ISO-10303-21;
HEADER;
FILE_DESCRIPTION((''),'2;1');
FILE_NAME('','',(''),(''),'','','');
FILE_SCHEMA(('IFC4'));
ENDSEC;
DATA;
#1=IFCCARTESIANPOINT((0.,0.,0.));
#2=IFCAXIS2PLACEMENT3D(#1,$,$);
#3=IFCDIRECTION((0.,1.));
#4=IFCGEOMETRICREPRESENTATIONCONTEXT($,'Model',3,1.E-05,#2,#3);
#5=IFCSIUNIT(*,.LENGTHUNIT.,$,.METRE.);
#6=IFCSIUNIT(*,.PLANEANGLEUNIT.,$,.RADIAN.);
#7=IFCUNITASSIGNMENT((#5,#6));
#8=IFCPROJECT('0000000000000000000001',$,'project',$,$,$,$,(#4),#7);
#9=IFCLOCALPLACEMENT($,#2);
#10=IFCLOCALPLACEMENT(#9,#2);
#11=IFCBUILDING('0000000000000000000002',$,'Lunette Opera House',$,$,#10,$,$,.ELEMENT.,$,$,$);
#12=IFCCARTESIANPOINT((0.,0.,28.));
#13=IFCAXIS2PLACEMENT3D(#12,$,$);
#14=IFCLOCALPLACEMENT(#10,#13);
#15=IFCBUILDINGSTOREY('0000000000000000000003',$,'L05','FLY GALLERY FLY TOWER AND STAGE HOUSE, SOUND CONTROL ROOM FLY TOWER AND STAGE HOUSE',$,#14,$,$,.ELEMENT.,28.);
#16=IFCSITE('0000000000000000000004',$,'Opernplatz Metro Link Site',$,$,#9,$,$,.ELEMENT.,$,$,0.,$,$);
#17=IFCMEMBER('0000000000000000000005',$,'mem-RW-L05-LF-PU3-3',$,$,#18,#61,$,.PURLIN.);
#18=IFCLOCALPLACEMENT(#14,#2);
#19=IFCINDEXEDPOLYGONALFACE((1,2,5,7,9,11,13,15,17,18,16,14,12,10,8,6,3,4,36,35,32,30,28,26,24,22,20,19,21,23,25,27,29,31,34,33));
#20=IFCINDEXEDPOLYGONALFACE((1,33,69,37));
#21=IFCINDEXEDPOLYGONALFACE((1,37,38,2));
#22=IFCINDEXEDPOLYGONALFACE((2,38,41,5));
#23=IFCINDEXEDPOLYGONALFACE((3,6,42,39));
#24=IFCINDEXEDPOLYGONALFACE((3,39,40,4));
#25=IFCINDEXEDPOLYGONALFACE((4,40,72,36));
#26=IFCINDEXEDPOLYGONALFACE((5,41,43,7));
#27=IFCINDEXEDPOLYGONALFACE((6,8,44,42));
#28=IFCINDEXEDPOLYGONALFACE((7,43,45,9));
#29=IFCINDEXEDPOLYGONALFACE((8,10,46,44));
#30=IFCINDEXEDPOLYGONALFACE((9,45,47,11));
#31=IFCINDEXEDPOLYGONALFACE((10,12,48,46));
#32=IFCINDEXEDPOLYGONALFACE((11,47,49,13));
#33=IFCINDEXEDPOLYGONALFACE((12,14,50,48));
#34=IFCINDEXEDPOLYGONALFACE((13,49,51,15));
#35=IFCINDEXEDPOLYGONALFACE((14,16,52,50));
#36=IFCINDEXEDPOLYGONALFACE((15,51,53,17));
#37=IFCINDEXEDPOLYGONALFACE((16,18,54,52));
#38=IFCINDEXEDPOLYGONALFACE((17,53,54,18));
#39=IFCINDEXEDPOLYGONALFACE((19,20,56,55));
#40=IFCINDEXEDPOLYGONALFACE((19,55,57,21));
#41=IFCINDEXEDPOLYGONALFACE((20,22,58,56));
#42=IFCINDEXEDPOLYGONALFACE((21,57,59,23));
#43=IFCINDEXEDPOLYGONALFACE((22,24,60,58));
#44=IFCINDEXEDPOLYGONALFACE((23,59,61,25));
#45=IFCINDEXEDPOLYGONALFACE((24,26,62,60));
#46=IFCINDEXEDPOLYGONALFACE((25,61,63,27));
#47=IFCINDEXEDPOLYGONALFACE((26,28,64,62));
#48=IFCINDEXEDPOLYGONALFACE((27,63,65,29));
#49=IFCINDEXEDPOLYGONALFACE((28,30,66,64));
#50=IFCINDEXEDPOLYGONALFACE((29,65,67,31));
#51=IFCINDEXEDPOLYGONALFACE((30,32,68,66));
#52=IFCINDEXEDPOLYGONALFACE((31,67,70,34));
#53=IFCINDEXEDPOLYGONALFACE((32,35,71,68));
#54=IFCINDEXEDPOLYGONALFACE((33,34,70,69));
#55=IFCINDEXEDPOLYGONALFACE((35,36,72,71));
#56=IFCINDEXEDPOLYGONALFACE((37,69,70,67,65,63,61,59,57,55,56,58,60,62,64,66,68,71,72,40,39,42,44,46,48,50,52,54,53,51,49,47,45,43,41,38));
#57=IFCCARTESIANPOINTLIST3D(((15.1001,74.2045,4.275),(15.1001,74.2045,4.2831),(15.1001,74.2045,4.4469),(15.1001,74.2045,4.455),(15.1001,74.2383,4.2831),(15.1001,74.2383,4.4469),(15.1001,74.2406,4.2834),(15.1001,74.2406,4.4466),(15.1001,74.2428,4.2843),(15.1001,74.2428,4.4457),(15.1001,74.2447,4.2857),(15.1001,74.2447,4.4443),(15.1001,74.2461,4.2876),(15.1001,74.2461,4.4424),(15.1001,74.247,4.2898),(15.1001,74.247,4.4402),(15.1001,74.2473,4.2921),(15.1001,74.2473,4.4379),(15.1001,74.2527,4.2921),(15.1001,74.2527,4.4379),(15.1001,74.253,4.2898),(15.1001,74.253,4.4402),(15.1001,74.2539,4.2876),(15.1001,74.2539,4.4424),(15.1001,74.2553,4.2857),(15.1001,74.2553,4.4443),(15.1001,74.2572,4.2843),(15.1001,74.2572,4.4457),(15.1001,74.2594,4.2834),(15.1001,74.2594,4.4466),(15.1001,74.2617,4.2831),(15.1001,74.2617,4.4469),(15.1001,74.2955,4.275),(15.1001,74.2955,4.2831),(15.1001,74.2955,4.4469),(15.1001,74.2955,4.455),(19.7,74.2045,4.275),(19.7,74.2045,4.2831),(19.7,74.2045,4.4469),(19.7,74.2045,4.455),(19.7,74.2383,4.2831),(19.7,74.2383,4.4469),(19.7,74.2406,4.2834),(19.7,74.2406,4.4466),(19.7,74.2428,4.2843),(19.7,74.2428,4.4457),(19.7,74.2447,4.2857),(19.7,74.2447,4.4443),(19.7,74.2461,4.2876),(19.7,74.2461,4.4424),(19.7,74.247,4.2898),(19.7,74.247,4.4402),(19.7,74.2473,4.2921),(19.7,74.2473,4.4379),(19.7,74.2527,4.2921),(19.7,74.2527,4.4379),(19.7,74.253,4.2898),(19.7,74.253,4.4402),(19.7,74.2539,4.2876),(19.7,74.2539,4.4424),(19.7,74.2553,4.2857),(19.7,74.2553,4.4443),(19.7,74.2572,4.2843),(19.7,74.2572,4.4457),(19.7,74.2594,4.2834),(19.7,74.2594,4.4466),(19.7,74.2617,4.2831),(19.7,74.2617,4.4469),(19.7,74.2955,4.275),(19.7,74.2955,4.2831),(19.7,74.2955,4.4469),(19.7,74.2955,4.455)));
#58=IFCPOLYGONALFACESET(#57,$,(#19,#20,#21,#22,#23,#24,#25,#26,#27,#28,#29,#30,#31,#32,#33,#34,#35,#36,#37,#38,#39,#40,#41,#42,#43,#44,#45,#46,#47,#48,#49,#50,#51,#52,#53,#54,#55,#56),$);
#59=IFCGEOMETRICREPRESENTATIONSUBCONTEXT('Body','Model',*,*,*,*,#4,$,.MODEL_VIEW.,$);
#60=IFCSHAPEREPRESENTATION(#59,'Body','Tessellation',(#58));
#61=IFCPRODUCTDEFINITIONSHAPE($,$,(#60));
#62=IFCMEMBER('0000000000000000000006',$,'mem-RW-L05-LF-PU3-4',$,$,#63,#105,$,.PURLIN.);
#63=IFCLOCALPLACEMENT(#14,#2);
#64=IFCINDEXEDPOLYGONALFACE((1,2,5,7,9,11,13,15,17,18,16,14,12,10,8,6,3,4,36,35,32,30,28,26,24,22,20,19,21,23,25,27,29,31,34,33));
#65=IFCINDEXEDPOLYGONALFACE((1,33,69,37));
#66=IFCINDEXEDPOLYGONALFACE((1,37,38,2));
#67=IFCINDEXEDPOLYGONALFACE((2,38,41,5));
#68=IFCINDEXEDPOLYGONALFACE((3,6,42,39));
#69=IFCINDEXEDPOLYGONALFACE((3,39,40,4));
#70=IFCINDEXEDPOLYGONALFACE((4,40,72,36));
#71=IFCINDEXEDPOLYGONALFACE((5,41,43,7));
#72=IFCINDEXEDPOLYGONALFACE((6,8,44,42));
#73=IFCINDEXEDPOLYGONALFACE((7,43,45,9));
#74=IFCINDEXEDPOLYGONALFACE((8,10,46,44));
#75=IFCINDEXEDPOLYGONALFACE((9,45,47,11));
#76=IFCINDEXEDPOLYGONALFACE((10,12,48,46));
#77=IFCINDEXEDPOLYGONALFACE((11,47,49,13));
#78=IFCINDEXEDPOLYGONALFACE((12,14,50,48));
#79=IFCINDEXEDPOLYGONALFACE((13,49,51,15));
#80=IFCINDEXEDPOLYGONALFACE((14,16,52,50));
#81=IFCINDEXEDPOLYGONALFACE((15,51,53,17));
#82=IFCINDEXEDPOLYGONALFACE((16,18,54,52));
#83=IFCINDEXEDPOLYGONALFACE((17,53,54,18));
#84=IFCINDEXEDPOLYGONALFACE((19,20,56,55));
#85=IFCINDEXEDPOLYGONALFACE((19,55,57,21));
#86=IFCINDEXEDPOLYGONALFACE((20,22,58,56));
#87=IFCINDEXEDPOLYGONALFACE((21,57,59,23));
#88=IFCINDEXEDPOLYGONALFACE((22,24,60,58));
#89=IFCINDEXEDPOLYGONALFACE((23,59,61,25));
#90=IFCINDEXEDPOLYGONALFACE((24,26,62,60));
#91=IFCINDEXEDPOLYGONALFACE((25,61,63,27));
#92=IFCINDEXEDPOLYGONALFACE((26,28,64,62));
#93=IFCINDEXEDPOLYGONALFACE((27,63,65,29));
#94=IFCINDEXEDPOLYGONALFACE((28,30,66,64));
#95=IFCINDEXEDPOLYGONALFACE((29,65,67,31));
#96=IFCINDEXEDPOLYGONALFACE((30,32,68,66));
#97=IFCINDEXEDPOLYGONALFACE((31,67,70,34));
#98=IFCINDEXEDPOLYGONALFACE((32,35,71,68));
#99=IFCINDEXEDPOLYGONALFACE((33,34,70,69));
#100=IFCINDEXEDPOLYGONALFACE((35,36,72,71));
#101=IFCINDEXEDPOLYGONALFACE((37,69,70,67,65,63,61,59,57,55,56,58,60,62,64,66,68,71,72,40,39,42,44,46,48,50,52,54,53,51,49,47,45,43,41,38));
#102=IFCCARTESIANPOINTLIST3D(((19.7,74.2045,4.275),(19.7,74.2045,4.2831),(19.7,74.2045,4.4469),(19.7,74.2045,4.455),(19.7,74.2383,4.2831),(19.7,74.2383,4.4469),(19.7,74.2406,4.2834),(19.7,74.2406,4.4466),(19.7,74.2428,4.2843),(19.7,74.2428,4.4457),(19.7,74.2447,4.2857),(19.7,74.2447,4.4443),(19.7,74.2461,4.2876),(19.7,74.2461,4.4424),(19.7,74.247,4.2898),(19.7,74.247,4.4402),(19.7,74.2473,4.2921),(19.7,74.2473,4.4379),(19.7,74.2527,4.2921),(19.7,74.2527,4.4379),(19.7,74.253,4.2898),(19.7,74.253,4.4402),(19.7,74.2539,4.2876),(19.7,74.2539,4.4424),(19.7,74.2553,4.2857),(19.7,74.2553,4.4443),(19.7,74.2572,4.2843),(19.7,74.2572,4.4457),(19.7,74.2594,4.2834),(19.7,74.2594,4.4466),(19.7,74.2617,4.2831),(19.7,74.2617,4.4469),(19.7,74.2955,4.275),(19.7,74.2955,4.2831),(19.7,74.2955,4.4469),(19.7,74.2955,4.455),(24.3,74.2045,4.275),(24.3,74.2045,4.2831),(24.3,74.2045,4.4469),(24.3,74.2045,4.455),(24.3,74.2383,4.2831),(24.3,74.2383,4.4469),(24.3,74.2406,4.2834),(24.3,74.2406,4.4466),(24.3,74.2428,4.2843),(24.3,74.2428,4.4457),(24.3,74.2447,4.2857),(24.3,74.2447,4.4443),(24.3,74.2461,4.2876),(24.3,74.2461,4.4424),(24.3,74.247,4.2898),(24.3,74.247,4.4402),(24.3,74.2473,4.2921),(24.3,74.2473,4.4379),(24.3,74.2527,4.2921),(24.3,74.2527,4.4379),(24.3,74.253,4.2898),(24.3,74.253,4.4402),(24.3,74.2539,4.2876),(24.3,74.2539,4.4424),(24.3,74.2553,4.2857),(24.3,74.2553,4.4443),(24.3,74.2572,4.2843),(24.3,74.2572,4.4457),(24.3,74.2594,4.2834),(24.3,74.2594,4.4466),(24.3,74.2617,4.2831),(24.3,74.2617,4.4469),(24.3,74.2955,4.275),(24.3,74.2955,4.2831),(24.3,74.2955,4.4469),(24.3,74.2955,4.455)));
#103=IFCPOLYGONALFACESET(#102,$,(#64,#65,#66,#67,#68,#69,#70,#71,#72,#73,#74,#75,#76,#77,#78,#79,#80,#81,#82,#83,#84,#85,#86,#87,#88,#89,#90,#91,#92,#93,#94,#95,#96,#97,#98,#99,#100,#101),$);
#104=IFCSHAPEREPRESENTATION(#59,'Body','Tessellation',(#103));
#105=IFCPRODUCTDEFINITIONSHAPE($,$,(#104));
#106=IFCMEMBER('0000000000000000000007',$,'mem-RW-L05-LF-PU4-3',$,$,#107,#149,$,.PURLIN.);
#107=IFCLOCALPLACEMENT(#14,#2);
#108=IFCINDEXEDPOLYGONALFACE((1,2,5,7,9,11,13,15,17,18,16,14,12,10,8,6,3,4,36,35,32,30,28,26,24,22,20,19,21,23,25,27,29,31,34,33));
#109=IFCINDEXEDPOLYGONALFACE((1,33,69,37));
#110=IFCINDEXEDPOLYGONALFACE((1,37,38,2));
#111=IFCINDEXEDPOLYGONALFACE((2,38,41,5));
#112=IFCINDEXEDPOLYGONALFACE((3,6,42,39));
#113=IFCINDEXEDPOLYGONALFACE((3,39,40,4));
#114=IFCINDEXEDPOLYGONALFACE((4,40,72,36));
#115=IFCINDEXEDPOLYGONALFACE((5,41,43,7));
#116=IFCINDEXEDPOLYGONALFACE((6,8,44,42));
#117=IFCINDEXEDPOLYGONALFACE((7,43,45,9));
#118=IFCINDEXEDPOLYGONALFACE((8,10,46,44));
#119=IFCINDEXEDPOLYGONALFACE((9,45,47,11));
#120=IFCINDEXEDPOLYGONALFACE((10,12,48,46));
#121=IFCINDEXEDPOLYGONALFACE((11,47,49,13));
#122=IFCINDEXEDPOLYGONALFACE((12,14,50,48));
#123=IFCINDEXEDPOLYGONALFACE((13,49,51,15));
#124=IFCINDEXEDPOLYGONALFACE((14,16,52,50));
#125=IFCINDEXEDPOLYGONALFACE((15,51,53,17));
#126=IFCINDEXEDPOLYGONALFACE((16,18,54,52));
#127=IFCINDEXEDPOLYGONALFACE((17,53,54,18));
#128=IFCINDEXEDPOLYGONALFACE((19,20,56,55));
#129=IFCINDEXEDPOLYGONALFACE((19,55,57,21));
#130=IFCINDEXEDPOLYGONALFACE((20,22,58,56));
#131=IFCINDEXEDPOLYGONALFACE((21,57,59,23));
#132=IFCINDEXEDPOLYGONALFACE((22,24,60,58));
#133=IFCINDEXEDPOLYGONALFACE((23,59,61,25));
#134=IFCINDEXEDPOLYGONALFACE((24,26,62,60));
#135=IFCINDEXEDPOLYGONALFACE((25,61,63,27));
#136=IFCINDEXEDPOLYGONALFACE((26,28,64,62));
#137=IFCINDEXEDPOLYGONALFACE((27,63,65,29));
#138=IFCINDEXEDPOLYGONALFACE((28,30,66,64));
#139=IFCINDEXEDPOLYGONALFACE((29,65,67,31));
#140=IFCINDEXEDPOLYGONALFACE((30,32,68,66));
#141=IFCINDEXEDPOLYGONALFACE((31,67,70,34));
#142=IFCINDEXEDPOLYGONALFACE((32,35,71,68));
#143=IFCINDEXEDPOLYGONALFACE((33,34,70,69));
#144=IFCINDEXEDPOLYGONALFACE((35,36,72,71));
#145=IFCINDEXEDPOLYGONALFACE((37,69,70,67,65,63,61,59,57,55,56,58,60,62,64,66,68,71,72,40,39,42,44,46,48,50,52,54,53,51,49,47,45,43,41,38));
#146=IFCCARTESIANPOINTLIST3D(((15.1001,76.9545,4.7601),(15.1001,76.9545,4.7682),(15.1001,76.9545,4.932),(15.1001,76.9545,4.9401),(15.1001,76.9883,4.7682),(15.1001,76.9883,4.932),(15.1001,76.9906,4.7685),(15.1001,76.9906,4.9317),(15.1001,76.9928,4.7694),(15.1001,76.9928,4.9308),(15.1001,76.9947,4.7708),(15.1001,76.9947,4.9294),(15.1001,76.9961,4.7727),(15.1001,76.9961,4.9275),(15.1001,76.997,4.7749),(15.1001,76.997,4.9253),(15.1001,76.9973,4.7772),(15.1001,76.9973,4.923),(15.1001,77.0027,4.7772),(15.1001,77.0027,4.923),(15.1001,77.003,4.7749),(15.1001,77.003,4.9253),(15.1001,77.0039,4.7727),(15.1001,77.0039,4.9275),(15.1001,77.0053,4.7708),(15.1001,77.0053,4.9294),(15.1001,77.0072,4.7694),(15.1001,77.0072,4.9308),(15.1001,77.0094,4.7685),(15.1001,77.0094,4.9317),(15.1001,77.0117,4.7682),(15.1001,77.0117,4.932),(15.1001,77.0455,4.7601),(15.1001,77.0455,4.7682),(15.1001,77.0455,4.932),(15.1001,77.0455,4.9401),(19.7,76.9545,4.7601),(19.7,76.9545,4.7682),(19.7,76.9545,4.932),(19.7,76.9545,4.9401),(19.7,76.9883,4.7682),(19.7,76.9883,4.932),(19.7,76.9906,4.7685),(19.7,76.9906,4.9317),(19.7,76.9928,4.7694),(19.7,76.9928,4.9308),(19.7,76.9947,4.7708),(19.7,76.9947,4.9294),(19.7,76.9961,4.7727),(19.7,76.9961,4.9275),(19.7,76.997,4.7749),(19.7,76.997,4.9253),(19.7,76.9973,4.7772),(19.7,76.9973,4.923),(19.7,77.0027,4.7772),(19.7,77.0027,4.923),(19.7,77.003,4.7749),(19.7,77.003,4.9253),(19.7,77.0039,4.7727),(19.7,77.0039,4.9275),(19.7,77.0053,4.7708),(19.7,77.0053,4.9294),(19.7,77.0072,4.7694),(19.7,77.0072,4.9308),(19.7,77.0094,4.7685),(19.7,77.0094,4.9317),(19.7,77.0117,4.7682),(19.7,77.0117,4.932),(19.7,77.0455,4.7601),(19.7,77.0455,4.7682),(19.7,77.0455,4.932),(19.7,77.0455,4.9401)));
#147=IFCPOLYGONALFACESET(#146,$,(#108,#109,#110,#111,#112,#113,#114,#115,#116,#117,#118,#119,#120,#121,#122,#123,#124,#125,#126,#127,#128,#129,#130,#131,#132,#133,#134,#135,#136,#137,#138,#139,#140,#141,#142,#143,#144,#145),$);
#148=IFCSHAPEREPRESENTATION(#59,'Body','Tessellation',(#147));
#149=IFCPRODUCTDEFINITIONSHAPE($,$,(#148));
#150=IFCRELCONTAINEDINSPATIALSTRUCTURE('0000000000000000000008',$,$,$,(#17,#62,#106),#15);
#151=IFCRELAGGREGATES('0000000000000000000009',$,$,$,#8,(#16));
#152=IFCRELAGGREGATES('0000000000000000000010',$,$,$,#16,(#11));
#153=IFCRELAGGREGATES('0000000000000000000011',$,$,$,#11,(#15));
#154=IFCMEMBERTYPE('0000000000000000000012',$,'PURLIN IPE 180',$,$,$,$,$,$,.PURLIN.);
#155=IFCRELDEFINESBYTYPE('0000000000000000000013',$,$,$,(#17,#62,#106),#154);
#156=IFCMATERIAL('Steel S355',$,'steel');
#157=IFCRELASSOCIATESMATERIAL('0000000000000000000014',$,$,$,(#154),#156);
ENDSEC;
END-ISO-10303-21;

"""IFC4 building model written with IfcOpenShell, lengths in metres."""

from ifc_helpers import new_model, si_unit, direction, frame, origin, origin_2d, place, context, subcontext, project, spatial, i_section, extrude, material, material_profile, profile_set, type_object, element, save


model = new_model("IFC4")

# Units and contexts
model_context = context("Model", 3, precision=1e-05, world=origin(), true_north=direction((0.0, 1.0)))
body_context = subcontext(model_context, "Body", "Model", "MODEL_VIEW")
ifc_project = project(units=[si_unit("LENGTHUNIT", "METRE"), si_unit("PLANEANGLEUNIT", "RADIAN")], contexts=[model_context])

# Site, building, storey
site_placement = place(None, origin())
site = spatial("IfcSite", under=ifc_project, at=site_placement, Name="Opernplatz Metro Link Site", CompositionType="ELEMENT", RefElevation=0.0)
building_placement = place(site_placement, origin())
building = spatial("IfcBuilding", under=site, at=building_placement, Name="Lunette Opera House", CompositionType="ELEMENT")
storey_placement = place(building_placement, frame((0.0, 0.0, 28.0)))
storey = spatial("IfcBuildingStorey", under=building, at=storey_placement, Name="L05", Description="FLY GALLERY FLY TOWER AND STAGE HOUSE, SOUND CONTROL ROOM FLY TOWER AND STAGE HOUSE", CompositionType="ELEMENT", Elevation=28.0)

# Members
ifc_material_1 = material(Name="Steel S355", Category="steel")
ifc_material_profile_1 = material_profile(ifc_material_1, i_section(OverallWidth=0.0911, OverallDepth=0.1799, WebThickness=0.0054, FlangeThickness=0.0081, FilletRadius=0.009, at=origin_2d()), Name="IPE 180")
ifc_profile_set_1 = profile_set([ifc_material_profile_1], Name="Steel S355")
member_type_1 = type_object("IfcMemberType", Name="PURLIN IPE 180", PredefinedType="PURLIN", material=ifc_profile_set_1)
member_1_placement = place(storey_placement, frame((15.1001, 74.25, 4.365), z_axis=(1.0, 0.0, 0.0), x_axis=(0.0, 1.0, 0.0)))
element("IfcMember", 1, at=member_1_placement, inside=storey, type_object=member_type_1, Name="mem-RW-L05-LF-PU3-3", PredefinedType="PURLIN", context=body_context, shape_type="SweptSolid", body=[
    extrude(i_section(OverallWidth=0.0911, OverallDepth=0.1799, WebThickness=0.0054, FlangeThickness=0.0081, FilletRadius=0.009, at=origin_2d()), origin(), (0.0, 0.0, 1.0), 4.5999),
])
member_2_placement = place(storey_placement, frame((19.7, 74.25, 4.365), z_axis=(1.0, 0.0, 0.0), x_axis=(0.0, 1.0, 0.0)))
element("IfcMember", 2, at=member_2_placement, inside=storey, type_object=member_type_1, Name="mem-RW-L05-LF-PU3-4", PredefinedType="PURLIN", context=body_context, shape_type="SweptSolid", body=[
    extrude(i_section(OverallWidth=0.0911, OverallDepth=0.1799, WebThickness=0.0054, FlangeThickness=0.0081, FilletRadius=0.009, at=origin_2d()), origin(), (0.0, 0.0, 1.0), 4.6001),
])
member_3_placement = place(storey_placement, frame((15.1001, 77.0, 4.8501), z_axis=(1.0, 0.0, 0.0), x_axis=(0.0, 1.0, 0.0)))
element("IfcMember", 3, at=member_3_placement, inside=storey, type_object=member_type_1, Name="mem-RW-L05-LF-PU4-3", PredefinedType="PURLIN", context=body_context, shape_type="SweptSolid", body=[
    extrude(i_section(OverallWidth=0.0911, OverallDepth=0.1799, WebThickness=0.0054, FlangeThickness=0.0081, FilletRadius=0.009, at=origin_2d()), origin(), (0.0, 0.0, 1.0), 4.5999),
])

save(model, "model.ifc")
